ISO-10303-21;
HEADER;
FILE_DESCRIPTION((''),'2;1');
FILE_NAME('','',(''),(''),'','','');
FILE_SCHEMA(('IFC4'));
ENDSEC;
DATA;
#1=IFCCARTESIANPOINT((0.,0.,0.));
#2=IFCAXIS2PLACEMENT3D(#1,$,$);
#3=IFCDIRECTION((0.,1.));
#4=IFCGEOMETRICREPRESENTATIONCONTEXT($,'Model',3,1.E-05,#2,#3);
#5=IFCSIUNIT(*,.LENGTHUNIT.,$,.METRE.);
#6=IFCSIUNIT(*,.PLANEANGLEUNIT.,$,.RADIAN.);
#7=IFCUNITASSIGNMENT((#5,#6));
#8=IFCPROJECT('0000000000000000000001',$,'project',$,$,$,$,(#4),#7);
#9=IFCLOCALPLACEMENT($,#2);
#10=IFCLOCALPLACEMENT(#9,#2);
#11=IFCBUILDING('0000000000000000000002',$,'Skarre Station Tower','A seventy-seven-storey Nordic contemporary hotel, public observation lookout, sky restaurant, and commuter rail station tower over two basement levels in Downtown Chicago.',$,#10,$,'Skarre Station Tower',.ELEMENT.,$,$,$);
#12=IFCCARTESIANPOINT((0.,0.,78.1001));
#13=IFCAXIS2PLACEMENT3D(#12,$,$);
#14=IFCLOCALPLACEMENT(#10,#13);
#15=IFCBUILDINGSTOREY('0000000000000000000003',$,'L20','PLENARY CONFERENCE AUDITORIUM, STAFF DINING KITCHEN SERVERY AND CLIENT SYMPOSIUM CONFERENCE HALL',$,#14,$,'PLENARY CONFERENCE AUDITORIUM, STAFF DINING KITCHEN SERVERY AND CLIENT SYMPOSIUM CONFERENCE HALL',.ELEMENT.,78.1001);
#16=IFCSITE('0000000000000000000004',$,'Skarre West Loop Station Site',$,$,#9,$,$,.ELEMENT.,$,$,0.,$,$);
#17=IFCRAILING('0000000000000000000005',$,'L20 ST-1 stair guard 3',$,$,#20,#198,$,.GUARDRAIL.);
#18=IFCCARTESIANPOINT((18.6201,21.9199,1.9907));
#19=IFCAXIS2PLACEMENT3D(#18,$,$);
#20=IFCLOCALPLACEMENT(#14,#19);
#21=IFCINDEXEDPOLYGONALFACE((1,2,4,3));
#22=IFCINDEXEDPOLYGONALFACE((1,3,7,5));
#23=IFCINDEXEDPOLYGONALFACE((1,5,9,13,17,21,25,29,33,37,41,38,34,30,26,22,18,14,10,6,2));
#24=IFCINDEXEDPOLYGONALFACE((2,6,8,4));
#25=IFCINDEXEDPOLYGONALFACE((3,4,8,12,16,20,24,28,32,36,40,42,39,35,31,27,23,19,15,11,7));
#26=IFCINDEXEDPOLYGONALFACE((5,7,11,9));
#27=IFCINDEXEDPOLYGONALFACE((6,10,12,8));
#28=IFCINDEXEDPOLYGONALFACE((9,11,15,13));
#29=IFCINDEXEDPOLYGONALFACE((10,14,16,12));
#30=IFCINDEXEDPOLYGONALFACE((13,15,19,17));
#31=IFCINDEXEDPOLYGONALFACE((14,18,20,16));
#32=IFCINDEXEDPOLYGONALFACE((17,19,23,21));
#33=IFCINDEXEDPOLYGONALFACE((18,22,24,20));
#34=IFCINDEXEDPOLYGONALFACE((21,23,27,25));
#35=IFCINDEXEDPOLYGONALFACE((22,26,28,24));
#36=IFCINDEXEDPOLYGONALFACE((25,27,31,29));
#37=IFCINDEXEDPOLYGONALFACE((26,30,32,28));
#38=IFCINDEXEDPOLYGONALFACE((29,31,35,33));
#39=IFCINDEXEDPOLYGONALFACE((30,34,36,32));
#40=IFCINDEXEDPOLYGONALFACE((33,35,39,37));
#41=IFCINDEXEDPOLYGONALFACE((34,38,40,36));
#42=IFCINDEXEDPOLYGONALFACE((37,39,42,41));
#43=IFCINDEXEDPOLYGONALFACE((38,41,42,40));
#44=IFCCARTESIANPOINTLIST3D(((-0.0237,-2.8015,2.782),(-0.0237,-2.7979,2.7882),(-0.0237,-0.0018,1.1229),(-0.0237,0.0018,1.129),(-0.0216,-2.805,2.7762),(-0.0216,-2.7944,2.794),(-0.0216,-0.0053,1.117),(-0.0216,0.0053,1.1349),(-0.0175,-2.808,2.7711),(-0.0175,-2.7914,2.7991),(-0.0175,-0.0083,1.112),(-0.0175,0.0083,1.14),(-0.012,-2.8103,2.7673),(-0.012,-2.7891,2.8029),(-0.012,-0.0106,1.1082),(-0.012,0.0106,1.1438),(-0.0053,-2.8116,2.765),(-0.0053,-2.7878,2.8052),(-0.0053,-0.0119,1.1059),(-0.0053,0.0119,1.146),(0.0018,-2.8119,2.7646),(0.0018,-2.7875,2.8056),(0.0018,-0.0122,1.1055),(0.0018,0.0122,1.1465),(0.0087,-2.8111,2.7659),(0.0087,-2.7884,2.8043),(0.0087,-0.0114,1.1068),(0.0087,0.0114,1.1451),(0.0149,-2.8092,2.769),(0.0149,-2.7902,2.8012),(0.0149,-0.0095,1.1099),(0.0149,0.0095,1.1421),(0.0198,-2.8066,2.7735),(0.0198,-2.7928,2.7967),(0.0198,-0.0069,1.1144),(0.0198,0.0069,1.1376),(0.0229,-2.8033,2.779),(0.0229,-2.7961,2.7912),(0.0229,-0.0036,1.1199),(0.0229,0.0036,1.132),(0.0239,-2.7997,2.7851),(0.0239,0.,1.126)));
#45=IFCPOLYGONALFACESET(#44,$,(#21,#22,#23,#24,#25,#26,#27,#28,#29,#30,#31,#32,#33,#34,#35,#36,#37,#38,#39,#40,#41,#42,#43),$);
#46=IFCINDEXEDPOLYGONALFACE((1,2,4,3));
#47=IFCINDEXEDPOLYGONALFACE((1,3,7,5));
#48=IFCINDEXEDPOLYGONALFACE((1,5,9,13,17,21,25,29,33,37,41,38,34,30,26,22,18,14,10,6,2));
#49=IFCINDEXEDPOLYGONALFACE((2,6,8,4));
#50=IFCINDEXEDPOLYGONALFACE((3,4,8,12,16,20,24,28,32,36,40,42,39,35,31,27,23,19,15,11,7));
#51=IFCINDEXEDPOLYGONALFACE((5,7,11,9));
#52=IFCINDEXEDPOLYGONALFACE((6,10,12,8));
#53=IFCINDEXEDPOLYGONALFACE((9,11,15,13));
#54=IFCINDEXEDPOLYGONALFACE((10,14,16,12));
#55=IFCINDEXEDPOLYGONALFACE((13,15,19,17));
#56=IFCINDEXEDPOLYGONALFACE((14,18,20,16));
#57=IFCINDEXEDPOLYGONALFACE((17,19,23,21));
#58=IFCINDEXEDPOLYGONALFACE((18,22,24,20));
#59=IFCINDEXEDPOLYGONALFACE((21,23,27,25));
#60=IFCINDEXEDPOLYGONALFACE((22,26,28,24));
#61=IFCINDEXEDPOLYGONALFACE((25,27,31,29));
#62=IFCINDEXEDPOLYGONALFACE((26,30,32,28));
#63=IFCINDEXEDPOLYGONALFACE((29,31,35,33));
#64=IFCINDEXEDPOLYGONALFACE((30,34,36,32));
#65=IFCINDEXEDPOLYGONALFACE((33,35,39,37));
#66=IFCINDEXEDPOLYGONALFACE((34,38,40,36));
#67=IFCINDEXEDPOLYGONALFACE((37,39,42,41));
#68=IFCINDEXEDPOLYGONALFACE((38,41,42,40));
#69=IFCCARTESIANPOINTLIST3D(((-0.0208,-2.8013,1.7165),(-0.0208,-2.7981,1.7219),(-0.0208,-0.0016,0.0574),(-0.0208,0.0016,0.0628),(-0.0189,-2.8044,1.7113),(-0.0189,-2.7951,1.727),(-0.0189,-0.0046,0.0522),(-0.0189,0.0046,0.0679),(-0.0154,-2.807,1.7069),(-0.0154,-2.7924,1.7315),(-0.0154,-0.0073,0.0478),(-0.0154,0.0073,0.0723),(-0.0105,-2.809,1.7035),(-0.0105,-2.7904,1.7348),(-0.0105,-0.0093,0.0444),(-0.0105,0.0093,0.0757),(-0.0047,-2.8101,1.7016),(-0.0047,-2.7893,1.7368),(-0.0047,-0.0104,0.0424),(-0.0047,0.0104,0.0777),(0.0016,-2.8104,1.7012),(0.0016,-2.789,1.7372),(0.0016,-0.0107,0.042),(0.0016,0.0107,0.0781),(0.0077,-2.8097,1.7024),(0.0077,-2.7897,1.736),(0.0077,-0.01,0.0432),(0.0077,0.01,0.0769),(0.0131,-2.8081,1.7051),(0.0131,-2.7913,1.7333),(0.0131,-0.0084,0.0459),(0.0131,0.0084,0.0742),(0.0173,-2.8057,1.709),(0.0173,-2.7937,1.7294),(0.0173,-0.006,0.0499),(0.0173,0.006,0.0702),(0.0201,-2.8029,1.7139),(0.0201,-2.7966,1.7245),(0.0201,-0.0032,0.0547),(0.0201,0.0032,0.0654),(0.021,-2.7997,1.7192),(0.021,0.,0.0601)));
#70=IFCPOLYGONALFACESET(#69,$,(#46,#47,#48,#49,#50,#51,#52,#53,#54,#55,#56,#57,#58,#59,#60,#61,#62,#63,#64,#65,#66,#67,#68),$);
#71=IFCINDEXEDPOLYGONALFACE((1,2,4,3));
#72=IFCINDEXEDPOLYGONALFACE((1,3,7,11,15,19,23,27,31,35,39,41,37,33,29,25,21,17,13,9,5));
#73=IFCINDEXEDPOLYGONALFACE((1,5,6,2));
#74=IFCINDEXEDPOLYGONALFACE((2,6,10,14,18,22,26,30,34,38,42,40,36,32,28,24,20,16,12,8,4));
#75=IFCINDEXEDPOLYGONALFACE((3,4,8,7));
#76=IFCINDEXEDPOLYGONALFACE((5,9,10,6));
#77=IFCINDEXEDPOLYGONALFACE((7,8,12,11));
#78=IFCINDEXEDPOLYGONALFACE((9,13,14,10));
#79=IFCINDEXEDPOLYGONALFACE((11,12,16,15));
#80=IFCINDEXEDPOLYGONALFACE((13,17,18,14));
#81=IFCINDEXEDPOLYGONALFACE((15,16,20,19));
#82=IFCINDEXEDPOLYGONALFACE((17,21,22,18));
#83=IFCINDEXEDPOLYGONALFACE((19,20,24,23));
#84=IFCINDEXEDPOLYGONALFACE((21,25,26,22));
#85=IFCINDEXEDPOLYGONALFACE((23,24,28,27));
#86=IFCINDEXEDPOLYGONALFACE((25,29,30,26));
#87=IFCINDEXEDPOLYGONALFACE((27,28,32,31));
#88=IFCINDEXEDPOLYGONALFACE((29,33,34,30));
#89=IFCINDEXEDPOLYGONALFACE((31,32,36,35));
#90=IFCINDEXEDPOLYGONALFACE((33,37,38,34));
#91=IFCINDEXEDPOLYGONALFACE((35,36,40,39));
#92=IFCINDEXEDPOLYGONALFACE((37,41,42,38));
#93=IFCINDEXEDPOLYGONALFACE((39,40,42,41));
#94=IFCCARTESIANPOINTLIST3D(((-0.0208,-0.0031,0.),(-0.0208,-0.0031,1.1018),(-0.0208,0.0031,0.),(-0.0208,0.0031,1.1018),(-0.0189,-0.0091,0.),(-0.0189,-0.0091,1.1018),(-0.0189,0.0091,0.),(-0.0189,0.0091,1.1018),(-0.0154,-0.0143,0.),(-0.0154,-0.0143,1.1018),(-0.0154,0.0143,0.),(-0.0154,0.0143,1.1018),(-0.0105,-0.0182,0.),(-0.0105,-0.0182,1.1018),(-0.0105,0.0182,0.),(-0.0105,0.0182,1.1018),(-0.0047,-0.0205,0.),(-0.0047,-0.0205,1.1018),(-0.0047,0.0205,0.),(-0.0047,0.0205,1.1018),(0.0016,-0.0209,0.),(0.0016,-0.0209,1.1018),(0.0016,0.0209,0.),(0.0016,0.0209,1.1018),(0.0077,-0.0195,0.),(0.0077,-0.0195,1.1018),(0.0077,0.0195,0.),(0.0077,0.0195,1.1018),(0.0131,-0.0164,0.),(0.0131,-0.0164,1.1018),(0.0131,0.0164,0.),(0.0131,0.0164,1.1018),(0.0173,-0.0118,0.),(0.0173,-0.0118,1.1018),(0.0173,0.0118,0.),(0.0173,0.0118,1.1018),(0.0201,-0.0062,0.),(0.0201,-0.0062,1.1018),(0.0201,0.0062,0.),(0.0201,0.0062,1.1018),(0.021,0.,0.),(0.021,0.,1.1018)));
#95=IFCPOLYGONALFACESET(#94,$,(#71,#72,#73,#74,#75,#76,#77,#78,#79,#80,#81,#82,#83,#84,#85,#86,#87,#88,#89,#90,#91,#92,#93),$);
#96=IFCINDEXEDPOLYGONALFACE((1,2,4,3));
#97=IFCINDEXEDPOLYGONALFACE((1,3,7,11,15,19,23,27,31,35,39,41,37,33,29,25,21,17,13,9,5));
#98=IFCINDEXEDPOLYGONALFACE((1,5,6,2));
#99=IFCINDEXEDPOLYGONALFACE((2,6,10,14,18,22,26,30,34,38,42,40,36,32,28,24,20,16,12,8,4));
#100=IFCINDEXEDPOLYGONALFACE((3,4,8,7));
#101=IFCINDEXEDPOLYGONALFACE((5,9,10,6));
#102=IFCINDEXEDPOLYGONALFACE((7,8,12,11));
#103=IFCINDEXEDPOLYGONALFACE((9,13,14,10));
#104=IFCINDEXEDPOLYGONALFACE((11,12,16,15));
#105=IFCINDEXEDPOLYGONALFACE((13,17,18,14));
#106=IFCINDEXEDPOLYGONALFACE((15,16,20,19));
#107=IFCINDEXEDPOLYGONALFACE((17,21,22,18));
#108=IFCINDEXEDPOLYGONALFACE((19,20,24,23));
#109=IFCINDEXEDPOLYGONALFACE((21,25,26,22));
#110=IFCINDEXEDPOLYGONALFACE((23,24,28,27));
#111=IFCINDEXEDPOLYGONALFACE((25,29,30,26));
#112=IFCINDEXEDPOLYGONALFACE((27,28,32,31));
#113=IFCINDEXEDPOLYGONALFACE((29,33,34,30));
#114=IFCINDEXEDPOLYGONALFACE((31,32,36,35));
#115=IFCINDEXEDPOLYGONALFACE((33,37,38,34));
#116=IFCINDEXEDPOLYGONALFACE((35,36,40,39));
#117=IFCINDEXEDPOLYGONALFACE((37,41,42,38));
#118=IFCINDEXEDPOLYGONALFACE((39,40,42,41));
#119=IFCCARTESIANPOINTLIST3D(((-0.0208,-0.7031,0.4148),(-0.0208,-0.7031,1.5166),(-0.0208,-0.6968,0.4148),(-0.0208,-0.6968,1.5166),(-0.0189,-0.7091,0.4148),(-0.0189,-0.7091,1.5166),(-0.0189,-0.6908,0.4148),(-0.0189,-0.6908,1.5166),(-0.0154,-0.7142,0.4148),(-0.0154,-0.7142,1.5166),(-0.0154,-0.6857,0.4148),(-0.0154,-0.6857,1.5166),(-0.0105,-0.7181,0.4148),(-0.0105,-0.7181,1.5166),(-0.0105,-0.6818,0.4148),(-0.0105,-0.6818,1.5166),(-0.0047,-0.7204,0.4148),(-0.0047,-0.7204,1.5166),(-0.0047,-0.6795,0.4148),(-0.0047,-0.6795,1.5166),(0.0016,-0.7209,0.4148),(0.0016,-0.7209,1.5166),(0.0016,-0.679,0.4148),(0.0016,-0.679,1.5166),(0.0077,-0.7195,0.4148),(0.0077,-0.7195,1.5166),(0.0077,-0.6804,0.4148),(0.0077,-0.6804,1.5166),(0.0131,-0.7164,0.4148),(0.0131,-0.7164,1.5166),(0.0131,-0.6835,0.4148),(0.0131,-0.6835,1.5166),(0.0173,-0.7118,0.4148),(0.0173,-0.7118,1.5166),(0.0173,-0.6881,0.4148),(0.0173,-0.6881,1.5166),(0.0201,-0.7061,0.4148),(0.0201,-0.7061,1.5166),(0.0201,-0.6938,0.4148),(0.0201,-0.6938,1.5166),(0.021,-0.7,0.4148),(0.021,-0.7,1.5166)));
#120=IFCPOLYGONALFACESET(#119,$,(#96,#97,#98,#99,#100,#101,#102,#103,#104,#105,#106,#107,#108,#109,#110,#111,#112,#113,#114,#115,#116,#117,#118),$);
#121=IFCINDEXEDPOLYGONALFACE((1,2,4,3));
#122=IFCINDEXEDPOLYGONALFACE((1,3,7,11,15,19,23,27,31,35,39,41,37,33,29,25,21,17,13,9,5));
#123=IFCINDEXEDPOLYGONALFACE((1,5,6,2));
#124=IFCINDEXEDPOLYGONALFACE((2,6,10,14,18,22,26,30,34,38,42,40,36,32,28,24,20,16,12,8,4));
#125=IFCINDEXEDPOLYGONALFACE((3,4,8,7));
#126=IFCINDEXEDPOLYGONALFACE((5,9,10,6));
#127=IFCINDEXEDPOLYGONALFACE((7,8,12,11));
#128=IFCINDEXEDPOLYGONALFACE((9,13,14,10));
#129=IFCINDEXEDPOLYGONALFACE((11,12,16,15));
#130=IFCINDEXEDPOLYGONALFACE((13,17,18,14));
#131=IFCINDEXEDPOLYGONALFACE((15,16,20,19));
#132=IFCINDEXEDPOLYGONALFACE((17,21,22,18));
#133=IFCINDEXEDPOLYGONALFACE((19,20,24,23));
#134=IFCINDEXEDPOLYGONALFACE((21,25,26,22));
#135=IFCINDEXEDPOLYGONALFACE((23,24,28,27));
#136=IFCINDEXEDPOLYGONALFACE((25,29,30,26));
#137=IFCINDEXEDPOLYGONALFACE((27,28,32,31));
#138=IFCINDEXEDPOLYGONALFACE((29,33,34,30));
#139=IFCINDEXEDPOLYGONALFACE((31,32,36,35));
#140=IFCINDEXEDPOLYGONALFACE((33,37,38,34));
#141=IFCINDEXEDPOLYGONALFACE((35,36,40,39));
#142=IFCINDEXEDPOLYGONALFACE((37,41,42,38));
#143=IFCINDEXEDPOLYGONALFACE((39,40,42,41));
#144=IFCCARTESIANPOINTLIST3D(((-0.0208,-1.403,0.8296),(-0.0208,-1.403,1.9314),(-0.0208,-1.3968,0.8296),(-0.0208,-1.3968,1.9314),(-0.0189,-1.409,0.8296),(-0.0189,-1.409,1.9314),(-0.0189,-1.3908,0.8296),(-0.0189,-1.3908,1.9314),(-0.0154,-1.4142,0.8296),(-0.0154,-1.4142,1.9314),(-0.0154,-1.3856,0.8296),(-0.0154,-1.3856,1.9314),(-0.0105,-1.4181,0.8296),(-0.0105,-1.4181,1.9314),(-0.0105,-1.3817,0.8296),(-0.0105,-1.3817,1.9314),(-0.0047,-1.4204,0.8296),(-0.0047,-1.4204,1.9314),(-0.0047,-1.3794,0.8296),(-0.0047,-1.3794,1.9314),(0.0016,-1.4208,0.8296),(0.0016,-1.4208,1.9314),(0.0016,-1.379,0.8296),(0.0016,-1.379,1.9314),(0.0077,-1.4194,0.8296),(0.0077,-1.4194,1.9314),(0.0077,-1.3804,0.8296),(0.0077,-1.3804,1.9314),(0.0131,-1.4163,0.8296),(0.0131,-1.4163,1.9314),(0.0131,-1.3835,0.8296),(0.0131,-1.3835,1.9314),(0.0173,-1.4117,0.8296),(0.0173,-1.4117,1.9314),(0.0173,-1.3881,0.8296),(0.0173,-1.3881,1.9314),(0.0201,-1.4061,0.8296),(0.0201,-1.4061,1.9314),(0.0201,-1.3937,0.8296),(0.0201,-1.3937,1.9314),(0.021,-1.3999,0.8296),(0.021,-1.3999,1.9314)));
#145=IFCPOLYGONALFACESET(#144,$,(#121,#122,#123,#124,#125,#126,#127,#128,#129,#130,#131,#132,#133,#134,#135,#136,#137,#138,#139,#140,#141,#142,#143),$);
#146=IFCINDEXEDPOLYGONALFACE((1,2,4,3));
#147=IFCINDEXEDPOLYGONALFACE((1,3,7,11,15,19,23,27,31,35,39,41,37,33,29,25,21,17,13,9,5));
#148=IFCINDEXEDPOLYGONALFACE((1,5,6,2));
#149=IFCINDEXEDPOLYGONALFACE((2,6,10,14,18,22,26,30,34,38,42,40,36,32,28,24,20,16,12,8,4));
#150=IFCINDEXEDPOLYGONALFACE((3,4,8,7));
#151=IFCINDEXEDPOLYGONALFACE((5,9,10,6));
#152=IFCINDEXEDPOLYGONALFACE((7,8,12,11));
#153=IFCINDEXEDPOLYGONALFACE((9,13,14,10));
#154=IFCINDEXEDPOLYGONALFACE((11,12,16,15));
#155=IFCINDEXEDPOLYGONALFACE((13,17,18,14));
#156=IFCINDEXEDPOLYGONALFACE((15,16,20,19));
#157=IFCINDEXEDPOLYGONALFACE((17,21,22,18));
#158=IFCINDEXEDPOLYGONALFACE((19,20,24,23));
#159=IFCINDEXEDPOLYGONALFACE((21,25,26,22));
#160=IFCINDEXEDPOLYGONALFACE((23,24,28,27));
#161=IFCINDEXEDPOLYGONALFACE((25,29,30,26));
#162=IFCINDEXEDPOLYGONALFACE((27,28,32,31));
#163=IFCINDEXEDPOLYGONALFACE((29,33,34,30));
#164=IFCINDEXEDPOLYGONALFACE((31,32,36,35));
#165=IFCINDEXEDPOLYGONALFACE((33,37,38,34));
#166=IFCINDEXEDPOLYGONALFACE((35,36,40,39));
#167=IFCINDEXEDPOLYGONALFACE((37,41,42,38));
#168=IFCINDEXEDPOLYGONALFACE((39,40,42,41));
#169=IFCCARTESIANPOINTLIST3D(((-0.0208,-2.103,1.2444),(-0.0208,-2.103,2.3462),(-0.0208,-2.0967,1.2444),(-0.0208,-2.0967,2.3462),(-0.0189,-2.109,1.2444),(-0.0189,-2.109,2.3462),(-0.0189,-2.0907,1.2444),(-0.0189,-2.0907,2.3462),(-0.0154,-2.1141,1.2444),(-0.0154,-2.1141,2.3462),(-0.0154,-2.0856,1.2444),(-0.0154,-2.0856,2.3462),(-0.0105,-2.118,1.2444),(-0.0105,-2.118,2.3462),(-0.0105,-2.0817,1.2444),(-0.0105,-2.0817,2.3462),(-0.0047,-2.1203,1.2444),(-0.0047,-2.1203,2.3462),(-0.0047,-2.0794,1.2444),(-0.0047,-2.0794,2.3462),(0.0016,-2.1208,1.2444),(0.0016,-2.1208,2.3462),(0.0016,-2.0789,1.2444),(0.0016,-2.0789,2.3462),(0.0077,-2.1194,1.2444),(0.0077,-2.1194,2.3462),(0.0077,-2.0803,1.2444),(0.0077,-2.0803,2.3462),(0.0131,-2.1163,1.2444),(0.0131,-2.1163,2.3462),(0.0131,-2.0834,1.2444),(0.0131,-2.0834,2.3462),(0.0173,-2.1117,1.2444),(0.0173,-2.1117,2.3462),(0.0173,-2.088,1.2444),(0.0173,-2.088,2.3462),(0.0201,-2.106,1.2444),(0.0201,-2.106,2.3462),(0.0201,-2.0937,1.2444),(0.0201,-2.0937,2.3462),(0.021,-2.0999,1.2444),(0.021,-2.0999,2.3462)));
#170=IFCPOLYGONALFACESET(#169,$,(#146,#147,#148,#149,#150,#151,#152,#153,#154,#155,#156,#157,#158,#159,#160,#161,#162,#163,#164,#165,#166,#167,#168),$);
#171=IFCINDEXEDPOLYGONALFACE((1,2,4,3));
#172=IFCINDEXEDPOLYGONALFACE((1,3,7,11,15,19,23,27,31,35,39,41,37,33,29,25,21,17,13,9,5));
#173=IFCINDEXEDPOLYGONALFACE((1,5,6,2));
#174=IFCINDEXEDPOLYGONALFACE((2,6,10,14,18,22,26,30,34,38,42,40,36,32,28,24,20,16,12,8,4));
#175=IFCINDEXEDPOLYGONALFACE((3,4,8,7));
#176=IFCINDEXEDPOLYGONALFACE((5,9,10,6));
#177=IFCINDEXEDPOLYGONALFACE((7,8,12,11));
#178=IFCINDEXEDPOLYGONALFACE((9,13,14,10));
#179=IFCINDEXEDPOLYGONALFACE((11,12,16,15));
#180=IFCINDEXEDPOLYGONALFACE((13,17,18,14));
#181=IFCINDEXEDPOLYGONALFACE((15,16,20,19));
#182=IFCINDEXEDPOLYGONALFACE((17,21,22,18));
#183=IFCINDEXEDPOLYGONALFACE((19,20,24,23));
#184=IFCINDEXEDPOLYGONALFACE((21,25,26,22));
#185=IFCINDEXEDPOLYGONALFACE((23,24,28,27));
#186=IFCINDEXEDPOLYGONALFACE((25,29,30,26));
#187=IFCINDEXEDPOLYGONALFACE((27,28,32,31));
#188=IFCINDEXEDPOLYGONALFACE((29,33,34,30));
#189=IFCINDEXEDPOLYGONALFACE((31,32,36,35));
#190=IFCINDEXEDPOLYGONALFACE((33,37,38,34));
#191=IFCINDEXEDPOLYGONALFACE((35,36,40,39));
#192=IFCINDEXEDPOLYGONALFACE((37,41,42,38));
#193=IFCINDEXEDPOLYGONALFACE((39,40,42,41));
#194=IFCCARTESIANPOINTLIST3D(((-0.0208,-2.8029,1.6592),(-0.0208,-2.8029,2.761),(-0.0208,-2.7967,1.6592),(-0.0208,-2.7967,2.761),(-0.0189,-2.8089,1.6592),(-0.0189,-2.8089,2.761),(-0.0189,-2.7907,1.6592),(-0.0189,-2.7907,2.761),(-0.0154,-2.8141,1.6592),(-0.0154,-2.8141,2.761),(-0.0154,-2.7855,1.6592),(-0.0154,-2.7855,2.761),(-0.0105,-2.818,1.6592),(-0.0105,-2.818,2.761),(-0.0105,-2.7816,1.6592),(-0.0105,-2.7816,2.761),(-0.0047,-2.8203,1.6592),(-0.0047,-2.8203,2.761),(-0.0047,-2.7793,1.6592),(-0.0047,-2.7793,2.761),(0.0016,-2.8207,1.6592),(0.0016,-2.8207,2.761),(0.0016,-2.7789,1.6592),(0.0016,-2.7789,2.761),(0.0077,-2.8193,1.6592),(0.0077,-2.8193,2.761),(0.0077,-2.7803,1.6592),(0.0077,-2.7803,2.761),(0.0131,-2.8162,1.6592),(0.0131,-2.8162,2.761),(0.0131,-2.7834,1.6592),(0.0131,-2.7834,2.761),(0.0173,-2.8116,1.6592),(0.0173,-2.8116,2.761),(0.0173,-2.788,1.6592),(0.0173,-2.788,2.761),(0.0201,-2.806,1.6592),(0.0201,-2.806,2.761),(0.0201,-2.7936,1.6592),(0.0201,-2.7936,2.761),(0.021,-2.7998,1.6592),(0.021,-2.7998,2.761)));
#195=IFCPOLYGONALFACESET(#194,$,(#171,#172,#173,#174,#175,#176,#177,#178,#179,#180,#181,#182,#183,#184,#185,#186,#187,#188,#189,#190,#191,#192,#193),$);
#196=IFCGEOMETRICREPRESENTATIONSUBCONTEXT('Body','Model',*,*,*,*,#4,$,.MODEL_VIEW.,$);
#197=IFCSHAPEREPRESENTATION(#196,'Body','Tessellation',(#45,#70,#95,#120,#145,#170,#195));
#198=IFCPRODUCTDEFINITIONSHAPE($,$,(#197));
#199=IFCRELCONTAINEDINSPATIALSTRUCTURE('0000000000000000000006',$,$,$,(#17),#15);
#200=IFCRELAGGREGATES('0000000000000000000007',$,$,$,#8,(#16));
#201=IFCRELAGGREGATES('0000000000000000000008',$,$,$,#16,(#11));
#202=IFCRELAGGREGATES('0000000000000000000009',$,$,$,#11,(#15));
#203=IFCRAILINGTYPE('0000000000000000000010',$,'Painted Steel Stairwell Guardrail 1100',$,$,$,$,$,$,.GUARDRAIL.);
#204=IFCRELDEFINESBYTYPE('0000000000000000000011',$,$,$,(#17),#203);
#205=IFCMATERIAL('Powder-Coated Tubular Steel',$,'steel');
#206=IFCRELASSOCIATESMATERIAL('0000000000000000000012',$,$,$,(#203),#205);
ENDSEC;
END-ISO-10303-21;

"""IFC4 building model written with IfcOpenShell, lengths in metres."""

from ifc_helpers import new_model, si_unit, direction, frame, origin, origin_2d, place, context, subcontext, project, spatial, circle, extrude, material, type_object, element, save


model = new_model("IFC4")

# Units and contexts
model_context = context("Model", 3, precision=1e-05, world=origin(), true_north=direction((0.0, 1.0)))
body_context = subcontext(model_context, "Body", "Model", "MODEL_VIEW")
ifc_project = project(units=[si_unit("LENGTHUNIT", "METRE"), si_unit("PLANEANGLEUNIT", "RADIAN")], contexts=[model_context])

# Site, building, storey
site_placement = place(None, origin())
site = spatial("IfcSite", under=ifc_project, at=site_placement, Name="Skarre West Loop Station Site", CompositionType="ELEMENT", RefElevation=0.0)
building_placement = place(site_placement, origin())
building = spatial("IfcBuilding", under=site, at=building_placement, Name="Skarre Station Tower", Description="A seventy-seven-storey Nordic contemporary hotel, public observation lookout, sky restaurant, and commuter rail station tower over two basement levels in Downtown Chicago.", LongName="Skarre Station Tower", CompositionType="ELEMENT")
storey_placement = place(building_placement, frame((0.0, 0.0, 78.1001)))
storey = spatial("IfcBuildingStorey", under=building, at=storey_placement, Name="L20", Description="PLENARY CONFERENCE AUDITORIUM, STAFF DINING KITCHEN SERVERY AND CLIENT SYMPOSIUM CONFERENCE HALL", LongName="PLENARY CONFERENCE AUDITORIUM, STAFF DINING KITCHEN SERVERY AND CLIENT SYMPOSIUM CONFERENCE HALL", CompositionType="ELEMENT", Elevation=78.1001)

# Railing
ifc_material_1 = material(Name="Powder-Coated Tubular Steel", Category="steel")
railing_type = type_object("IfcRailingType", Name="Painted Steel Stairwell Guardrail 1100", PredefinedType="GUARDRAIL", material=ifc_material_1)
railing_1_placement = place(storey_placement, frame((18.6201, 21.9199, 1.9907)))
element("IfcRailing", 1, at=railing_1_placement, inside=storey, type_object=railing_type, Name="L20 ST-1 stair guard 3", PredefinedType="GUARDRAIL", context=body_context, shape_type="SweptSolid", body=[
    extrude(circle(Radius=0.0239, at=origin_2d()), frame((0.0, 0.0, 1.126), z_axis=(0.0, -0.860287, 0.509811), x_axis=(1.0, 0.0, 0.0)), (0.0, 0.0, 1.0), 3.2544),
    extrude(circle(Radius=0.021, at=origin_2d()), frame((0.0, 0.0, 0.0601), z_axis=(0.0, -0.860287, 0.509811), x_axis=(1.0, 0.0, 0.0)), (0.0, 0.0, 1.0), 3.2544),
    extrude(circle(Radius=0.021, at=origin_2d()), origin(), (0.0, 0.0, 1.0), 1.1018),
    extrude(circle(Radius=0.021, at=origin_2d()), frame((0.0, -0.7, 0.4148)), (0.0, 0.0, 1.0), 1.1018),
    extrude(circle(Radius=0.021, at=origin_2d()), frame((0.0, -1.3999, 0.8296)), (0.0, 0.0, 1.0), 1.1018),
    extrude(circle(Radius=0.021, at=origin_2d()), frame((0.0, -2.0999, 1.2444)), (0.0, 0.0, 1.0), 1.1018),
    extrude(circle(Radius=0.021, at=origin_2d()), frame((0.0, -2.7998, 1.6592)), (0.0, 0.0, 1.0), 1.1018),
])

save(model, "model.ifc")
